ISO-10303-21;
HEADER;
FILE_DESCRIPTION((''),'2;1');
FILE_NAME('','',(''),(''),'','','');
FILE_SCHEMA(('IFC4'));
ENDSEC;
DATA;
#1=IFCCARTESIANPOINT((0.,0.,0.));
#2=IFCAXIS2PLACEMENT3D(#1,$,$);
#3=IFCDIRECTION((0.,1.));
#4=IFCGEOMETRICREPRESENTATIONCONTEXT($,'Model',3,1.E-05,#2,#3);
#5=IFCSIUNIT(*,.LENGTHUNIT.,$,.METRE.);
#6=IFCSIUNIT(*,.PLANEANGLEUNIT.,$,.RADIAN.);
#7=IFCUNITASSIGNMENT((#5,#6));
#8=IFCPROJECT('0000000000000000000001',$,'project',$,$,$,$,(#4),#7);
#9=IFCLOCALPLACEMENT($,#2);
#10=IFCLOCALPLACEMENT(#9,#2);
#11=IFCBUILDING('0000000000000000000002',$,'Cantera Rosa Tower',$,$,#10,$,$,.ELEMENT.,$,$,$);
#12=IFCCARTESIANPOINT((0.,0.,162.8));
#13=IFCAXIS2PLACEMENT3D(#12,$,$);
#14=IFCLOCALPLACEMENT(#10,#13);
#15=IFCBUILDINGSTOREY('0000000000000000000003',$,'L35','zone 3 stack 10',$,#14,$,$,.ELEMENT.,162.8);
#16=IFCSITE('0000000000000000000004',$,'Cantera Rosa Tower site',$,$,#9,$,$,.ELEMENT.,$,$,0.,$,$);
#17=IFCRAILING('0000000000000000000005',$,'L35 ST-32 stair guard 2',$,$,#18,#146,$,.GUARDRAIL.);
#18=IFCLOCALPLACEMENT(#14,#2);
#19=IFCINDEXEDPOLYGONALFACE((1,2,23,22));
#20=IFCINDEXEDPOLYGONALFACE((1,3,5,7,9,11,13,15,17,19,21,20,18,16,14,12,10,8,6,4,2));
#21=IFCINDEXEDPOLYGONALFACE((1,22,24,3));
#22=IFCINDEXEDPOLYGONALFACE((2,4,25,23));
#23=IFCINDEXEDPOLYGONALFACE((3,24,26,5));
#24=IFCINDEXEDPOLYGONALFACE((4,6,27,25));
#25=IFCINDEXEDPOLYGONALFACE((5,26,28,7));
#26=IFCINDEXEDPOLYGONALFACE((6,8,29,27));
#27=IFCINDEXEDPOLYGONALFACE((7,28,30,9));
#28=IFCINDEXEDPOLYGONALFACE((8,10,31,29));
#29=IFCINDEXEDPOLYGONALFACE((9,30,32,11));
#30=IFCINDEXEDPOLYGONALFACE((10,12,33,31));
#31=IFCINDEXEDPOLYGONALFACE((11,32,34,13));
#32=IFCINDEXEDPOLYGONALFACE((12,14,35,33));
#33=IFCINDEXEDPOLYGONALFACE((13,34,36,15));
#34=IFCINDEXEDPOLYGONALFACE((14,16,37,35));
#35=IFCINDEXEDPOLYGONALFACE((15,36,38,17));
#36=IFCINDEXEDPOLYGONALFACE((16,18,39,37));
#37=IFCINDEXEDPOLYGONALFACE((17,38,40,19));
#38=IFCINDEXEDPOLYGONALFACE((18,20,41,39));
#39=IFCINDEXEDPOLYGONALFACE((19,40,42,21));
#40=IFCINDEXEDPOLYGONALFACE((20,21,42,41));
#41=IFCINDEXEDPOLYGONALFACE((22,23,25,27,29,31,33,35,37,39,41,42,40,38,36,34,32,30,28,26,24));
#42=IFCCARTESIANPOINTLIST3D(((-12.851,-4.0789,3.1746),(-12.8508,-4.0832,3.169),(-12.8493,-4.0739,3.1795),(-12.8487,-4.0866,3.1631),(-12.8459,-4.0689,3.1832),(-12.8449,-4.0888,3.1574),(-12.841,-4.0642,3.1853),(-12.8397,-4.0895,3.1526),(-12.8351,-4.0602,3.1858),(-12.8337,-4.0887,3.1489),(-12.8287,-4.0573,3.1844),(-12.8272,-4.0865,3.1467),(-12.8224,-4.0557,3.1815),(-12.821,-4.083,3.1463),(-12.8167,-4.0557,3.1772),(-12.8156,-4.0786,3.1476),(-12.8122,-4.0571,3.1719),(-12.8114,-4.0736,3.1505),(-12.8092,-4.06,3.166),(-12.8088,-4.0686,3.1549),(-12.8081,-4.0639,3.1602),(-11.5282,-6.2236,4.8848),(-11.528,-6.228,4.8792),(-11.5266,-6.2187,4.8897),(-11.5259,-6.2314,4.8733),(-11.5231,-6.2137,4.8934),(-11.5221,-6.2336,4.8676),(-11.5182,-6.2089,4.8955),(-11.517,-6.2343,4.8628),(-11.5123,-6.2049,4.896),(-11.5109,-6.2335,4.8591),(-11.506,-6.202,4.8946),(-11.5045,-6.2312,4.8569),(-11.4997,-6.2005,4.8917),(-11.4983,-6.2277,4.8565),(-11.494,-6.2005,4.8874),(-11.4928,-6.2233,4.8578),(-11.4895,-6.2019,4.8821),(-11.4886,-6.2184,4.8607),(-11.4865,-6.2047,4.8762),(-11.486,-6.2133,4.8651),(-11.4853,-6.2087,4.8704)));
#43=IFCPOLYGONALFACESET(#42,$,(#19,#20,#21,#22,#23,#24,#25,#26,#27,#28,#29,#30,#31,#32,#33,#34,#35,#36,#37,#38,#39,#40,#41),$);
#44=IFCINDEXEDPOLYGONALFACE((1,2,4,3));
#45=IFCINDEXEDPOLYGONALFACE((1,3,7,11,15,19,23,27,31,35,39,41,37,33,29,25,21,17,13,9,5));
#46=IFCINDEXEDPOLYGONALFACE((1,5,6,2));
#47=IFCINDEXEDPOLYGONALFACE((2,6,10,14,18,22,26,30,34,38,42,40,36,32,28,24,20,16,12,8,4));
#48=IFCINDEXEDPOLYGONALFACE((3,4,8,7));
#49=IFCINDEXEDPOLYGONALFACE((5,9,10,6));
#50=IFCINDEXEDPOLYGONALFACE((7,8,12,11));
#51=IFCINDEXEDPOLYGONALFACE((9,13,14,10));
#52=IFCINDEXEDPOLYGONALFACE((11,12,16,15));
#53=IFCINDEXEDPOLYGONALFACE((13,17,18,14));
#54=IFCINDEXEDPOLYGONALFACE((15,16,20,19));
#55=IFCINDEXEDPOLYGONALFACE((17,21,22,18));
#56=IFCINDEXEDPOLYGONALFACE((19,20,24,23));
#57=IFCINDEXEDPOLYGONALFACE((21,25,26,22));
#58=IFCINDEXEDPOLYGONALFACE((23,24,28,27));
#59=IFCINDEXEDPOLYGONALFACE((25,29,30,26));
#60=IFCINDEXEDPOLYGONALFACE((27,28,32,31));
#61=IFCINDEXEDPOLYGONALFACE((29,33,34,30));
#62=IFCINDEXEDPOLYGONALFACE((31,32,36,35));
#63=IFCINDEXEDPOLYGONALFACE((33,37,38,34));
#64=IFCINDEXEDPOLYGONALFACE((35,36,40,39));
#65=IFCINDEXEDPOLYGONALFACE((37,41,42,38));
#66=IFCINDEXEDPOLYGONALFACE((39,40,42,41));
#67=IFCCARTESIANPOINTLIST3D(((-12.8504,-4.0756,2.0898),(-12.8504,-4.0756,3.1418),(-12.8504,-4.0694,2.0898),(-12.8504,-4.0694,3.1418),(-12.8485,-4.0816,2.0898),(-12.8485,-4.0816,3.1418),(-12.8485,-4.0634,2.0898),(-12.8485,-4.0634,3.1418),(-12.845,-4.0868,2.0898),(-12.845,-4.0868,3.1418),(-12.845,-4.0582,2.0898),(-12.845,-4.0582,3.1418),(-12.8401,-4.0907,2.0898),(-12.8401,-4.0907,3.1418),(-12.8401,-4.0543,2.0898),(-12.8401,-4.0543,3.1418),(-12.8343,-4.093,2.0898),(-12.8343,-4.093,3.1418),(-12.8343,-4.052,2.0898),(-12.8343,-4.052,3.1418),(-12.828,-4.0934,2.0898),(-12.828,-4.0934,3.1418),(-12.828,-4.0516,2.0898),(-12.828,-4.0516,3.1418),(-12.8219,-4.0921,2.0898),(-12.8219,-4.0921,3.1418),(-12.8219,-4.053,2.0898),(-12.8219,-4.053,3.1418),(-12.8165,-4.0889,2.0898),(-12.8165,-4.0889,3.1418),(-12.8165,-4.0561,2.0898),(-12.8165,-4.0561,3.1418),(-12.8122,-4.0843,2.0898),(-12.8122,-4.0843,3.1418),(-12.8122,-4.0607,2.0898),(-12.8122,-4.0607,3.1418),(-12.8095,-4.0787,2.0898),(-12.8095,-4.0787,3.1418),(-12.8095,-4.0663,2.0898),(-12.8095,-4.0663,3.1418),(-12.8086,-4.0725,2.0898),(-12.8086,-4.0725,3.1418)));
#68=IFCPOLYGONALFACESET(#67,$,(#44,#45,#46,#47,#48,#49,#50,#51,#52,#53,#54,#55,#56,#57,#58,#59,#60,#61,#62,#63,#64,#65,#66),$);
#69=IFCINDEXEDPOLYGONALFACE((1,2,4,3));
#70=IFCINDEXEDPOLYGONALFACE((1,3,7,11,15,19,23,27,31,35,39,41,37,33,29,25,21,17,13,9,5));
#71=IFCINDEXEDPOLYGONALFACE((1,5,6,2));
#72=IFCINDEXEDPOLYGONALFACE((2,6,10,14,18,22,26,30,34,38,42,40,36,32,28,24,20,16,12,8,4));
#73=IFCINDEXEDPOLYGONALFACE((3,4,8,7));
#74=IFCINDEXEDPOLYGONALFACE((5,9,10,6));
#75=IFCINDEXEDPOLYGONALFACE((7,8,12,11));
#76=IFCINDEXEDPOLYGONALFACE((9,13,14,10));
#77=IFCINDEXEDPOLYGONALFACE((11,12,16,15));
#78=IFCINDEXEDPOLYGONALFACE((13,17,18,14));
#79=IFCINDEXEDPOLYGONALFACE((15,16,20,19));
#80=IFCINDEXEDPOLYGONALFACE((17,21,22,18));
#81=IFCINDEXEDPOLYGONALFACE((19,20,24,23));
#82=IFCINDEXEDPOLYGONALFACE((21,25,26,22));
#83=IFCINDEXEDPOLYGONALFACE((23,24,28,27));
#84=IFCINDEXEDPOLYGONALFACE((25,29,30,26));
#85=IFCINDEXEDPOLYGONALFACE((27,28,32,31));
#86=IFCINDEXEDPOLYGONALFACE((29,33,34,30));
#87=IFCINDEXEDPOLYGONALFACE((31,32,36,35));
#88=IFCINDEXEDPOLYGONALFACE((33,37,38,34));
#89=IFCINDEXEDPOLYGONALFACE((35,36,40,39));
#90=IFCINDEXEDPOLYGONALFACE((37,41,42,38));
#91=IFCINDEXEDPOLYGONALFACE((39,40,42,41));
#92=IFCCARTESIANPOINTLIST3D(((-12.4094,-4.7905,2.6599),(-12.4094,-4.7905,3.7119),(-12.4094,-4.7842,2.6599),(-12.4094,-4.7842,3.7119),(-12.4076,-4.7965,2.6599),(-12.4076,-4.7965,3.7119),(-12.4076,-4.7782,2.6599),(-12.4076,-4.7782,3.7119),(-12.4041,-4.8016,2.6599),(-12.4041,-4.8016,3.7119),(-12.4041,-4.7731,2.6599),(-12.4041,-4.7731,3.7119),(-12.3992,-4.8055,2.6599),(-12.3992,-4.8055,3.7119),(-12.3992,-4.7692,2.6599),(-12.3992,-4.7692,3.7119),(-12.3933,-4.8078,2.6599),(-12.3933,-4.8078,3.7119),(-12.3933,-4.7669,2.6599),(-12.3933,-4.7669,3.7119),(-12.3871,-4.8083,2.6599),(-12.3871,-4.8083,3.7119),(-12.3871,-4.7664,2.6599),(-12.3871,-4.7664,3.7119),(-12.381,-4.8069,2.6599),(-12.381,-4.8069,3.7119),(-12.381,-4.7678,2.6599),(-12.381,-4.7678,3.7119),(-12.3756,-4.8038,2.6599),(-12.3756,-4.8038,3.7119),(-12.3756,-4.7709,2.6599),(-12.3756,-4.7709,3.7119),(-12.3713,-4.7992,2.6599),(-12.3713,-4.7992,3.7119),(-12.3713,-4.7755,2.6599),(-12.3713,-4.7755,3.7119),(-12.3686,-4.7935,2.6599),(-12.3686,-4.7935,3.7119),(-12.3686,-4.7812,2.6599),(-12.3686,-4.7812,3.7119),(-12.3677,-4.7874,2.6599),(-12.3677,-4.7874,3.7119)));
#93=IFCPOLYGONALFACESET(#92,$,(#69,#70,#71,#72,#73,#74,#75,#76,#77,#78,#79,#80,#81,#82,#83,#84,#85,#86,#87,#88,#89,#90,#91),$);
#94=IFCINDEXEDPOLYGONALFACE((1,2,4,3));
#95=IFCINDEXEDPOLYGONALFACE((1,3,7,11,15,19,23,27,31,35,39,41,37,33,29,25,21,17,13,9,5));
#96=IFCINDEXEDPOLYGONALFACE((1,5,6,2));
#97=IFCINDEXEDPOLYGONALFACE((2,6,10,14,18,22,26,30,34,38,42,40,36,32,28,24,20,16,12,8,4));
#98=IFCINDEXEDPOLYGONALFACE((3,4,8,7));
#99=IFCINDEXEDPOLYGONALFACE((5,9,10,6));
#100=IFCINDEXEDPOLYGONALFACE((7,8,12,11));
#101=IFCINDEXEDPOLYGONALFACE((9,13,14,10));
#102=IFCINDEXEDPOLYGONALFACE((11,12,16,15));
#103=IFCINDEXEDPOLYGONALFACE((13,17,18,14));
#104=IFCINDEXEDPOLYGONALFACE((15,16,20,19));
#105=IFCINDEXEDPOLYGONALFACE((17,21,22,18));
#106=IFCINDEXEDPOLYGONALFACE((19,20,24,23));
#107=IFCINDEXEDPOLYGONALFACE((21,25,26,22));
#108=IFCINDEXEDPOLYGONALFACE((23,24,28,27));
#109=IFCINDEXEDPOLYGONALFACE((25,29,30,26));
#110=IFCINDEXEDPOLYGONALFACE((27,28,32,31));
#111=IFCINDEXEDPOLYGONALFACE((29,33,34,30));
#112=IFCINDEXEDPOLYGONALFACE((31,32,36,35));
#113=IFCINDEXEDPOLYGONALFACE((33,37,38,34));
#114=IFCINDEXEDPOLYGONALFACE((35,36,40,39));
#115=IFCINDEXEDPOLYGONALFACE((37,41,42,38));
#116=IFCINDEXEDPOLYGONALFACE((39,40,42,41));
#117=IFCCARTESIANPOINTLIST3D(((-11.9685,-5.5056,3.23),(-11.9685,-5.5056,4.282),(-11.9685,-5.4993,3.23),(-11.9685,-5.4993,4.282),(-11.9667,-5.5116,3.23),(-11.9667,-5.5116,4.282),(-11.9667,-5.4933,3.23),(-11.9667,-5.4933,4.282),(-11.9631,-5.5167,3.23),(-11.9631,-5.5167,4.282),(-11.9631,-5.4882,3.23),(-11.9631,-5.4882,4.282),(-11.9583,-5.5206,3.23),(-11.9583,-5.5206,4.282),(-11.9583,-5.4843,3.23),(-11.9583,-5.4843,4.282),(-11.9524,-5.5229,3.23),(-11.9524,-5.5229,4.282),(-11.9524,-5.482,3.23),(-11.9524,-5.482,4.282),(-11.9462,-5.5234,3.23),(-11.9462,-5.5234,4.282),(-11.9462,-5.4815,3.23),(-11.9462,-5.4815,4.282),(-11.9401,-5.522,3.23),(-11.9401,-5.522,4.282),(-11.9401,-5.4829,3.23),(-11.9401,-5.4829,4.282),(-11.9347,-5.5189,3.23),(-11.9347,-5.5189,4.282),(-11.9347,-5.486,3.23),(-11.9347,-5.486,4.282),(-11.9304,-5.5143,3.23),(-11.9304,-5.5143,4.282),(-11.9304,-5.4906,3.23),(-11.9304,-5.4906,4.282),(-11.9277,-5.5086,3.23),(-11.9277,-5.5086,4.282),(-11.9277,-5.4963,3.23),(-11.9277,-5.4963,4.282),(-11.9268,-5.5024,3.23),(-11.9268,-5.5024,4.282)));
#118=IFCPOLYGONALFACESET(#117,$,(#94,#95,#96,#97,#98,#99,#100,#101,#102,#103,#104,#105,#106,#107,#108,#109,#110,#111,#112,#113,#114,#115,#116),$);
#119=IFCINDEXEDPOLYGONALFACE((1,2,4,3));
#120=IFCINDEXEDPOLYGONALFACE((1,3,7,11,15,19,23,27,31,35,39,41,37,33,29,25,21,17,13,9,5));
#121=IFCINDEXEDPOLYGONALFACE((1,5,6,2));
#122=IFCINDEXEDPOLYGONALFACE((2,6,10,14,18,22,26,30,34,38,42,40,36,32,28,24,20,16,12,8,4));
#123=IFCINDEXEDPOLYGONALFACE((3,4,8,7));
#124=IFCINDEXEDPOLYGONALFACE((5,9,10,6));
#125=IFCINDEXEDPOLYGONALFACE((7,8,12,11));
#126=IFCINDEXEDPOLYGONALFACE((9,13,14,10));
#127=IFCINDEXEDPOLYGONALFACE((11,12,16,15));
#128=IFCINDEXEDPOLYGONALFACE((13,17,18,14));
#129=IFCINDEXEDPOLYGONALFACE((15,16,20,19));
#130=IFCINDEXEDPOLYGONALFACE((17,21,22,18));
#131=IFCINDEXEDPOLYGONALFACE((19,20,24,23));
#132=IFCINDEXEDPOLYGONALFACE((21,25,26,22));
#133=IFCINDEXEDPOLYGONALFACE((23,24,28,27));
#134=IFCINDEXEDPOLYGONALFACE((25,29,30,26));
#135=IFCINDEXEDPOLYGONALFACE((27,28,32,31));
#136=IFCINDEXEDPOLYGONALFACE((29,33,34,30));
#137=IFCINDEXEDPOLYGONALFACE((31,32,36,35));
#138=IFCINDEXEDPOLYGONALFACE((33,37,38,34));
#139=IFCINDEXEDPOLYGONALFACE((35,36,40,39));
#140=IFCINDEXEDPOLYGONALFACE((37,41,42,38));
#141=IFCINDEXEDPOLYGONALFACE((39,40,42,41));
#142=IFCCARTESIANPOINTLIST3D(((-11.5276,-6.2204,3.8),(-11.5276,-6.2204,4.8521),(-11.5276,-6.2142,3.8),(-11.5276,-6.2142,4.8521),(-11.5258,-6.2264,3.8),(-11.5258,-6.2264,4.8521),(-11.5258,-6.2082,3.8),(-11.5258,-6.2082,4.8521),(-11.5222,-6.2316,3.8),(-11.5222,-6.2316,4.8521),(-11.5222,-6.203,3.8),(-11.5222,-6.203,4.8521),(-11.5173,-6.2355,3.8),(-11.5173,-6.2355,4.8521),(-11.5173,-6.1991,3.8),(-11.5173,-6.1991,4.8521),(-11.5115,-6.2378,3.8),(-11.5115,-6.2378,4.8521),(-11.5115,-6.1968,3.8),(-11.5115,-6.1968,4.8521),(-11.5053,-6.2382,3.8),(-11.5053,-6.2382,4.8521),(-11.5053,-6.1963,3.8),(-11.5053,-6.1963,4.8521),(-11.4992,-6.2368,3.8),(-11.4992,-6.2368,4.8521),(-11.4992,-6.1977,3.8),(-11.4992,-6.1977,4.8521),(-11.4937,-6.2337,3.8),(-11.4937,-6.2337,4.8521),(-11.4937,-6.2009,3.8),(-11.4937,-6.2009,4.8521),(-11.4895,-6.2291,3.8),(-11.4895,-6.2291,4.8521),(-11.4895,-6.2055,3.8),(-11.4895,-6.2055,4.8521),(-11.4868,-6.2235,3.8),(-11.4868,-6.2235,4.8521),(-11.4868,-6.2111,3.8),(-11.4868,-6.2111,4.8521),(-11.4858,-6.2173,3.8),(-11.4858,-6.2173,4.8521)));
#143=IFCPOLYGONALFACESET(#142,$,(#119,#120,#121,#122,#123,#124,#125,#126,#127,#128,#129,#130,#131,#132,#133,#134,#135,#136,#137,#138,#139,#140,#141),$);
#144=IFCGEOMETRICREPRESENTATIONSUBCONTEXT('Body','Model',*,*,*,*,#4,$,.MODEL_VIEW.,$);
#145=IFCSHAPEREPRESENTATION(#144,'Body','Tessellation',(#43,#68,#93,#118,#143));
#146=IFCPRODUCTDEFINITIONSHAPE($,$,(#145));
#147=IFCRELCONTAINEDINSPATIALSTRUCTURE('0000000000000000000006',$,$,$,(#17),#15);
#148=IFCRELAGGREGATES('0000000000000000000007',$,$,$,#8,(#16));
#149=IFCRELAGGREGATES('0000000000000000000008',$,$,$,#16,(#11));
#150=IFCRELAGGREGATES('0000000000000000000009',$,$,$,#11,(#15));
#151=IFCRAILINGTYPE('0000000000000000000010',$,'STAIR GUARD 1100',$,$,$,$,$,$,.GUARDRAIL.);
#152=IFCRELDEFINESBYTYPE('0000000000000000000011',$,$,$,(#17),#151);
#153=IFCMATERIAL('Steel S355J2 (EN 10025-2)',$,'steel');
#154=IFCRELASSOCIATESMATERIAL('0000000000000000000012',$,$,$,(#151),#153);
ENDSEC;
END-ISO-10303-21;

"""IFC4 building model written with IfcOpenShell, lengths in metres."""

from ifc_helpers import new_model, si_unit, direction, frame, origin, origin_2d, place, context, subcontext, project, spatial, circle, extrude, material, type_object, element, save


model = new_model("IFC4")

# Units and contexts
model_context = context("Model", 3, precision=1e-05, world=origin(), true_north=direction((0.0, 1.0)))
body_context = subcontext(model_context, "Body", "Model", "MODEL_VIEW")
ifc_project = project(units=[si_unit("LENGTHUNIT", "METRE"), si_unit("PLANEANGLEUNIT", "RADIAN")], contexts=[model_context])

# Site, building, storey
site_placement = place(None, origin())
site = spatial("IfcSite", under=ifc_project, at=site_placement, Name="Cantera Rosa Tower site", CompositionType="ELEMENT", RefElevation=0.0)
building_placement = place(site_placement, origin())
building = spatial("IfcBuilding", under=site, at=building_placement, Name="Cantera Rosa Tower", CompositionType="ELEMENT")
storey_placement = place(building_placement, frame((0.0, 0.0, 162.8)))
storey = spatial("IfcBuildingStorey", under=building, at=storey_placement, Name="L35", Description="zone 3 stack 10", CompositionType="ELEMENT", Elevation=162.8)

# Railing
ifc_material_1 = material(Name="Steel S355J2 (EN 10025-2)", Category="steel")
railing_type_1 = type_object("IfcRailingType", Name="STAIR GUARD 1100", PredefinedType="GUARDRAIL", material=ifc_material_1)
railing_1_placement = place(storey_placement, frame((-12.8296, -4.0725, 2.0898)))
element("IfcRailing", 1, at=railing_1_placement, inside=storey, type_object=railing_type_1, Name="L35 ST-32 stair guard 2", PredefinedType="GUARDRAIL", context=body_context, shape_type="SweptSolid", body=[
    extrude(circle(Radius=0.0239, at=origin_2d()), frame((0.0, 0.0, 1.0762), z_axis=(0.434343, -0.704264, 0.561568), x_axis=(0.851146, 0.52493, 0.0)), (0.0, 0.0, 1.0), 3.0454),
    extrude(circle(Radius=0.021, at=origin_2d()), origin(), (0.0, 0.0, 1.0), 1.052),
    extrude(circle(Radius=0.021, at=origin_2d()), frame((0.4409, -0.7148, 0.5701)), (0.0, 0.0, 1.0), 1.052),
    extrude(circle(Radius=0.021, at=origin_2d()), frame((0.8818, -1.4299, 1.1401)), (0.0, 0.0, 1.0), 1.052),
    extrude(circle(Radius=0.021, at=origin_2d()), frame((1.3228, -2.1448, 1.7102)), (0.0, 0.0, 1.0), 1.052),
])

save(model, "model.ifc")
